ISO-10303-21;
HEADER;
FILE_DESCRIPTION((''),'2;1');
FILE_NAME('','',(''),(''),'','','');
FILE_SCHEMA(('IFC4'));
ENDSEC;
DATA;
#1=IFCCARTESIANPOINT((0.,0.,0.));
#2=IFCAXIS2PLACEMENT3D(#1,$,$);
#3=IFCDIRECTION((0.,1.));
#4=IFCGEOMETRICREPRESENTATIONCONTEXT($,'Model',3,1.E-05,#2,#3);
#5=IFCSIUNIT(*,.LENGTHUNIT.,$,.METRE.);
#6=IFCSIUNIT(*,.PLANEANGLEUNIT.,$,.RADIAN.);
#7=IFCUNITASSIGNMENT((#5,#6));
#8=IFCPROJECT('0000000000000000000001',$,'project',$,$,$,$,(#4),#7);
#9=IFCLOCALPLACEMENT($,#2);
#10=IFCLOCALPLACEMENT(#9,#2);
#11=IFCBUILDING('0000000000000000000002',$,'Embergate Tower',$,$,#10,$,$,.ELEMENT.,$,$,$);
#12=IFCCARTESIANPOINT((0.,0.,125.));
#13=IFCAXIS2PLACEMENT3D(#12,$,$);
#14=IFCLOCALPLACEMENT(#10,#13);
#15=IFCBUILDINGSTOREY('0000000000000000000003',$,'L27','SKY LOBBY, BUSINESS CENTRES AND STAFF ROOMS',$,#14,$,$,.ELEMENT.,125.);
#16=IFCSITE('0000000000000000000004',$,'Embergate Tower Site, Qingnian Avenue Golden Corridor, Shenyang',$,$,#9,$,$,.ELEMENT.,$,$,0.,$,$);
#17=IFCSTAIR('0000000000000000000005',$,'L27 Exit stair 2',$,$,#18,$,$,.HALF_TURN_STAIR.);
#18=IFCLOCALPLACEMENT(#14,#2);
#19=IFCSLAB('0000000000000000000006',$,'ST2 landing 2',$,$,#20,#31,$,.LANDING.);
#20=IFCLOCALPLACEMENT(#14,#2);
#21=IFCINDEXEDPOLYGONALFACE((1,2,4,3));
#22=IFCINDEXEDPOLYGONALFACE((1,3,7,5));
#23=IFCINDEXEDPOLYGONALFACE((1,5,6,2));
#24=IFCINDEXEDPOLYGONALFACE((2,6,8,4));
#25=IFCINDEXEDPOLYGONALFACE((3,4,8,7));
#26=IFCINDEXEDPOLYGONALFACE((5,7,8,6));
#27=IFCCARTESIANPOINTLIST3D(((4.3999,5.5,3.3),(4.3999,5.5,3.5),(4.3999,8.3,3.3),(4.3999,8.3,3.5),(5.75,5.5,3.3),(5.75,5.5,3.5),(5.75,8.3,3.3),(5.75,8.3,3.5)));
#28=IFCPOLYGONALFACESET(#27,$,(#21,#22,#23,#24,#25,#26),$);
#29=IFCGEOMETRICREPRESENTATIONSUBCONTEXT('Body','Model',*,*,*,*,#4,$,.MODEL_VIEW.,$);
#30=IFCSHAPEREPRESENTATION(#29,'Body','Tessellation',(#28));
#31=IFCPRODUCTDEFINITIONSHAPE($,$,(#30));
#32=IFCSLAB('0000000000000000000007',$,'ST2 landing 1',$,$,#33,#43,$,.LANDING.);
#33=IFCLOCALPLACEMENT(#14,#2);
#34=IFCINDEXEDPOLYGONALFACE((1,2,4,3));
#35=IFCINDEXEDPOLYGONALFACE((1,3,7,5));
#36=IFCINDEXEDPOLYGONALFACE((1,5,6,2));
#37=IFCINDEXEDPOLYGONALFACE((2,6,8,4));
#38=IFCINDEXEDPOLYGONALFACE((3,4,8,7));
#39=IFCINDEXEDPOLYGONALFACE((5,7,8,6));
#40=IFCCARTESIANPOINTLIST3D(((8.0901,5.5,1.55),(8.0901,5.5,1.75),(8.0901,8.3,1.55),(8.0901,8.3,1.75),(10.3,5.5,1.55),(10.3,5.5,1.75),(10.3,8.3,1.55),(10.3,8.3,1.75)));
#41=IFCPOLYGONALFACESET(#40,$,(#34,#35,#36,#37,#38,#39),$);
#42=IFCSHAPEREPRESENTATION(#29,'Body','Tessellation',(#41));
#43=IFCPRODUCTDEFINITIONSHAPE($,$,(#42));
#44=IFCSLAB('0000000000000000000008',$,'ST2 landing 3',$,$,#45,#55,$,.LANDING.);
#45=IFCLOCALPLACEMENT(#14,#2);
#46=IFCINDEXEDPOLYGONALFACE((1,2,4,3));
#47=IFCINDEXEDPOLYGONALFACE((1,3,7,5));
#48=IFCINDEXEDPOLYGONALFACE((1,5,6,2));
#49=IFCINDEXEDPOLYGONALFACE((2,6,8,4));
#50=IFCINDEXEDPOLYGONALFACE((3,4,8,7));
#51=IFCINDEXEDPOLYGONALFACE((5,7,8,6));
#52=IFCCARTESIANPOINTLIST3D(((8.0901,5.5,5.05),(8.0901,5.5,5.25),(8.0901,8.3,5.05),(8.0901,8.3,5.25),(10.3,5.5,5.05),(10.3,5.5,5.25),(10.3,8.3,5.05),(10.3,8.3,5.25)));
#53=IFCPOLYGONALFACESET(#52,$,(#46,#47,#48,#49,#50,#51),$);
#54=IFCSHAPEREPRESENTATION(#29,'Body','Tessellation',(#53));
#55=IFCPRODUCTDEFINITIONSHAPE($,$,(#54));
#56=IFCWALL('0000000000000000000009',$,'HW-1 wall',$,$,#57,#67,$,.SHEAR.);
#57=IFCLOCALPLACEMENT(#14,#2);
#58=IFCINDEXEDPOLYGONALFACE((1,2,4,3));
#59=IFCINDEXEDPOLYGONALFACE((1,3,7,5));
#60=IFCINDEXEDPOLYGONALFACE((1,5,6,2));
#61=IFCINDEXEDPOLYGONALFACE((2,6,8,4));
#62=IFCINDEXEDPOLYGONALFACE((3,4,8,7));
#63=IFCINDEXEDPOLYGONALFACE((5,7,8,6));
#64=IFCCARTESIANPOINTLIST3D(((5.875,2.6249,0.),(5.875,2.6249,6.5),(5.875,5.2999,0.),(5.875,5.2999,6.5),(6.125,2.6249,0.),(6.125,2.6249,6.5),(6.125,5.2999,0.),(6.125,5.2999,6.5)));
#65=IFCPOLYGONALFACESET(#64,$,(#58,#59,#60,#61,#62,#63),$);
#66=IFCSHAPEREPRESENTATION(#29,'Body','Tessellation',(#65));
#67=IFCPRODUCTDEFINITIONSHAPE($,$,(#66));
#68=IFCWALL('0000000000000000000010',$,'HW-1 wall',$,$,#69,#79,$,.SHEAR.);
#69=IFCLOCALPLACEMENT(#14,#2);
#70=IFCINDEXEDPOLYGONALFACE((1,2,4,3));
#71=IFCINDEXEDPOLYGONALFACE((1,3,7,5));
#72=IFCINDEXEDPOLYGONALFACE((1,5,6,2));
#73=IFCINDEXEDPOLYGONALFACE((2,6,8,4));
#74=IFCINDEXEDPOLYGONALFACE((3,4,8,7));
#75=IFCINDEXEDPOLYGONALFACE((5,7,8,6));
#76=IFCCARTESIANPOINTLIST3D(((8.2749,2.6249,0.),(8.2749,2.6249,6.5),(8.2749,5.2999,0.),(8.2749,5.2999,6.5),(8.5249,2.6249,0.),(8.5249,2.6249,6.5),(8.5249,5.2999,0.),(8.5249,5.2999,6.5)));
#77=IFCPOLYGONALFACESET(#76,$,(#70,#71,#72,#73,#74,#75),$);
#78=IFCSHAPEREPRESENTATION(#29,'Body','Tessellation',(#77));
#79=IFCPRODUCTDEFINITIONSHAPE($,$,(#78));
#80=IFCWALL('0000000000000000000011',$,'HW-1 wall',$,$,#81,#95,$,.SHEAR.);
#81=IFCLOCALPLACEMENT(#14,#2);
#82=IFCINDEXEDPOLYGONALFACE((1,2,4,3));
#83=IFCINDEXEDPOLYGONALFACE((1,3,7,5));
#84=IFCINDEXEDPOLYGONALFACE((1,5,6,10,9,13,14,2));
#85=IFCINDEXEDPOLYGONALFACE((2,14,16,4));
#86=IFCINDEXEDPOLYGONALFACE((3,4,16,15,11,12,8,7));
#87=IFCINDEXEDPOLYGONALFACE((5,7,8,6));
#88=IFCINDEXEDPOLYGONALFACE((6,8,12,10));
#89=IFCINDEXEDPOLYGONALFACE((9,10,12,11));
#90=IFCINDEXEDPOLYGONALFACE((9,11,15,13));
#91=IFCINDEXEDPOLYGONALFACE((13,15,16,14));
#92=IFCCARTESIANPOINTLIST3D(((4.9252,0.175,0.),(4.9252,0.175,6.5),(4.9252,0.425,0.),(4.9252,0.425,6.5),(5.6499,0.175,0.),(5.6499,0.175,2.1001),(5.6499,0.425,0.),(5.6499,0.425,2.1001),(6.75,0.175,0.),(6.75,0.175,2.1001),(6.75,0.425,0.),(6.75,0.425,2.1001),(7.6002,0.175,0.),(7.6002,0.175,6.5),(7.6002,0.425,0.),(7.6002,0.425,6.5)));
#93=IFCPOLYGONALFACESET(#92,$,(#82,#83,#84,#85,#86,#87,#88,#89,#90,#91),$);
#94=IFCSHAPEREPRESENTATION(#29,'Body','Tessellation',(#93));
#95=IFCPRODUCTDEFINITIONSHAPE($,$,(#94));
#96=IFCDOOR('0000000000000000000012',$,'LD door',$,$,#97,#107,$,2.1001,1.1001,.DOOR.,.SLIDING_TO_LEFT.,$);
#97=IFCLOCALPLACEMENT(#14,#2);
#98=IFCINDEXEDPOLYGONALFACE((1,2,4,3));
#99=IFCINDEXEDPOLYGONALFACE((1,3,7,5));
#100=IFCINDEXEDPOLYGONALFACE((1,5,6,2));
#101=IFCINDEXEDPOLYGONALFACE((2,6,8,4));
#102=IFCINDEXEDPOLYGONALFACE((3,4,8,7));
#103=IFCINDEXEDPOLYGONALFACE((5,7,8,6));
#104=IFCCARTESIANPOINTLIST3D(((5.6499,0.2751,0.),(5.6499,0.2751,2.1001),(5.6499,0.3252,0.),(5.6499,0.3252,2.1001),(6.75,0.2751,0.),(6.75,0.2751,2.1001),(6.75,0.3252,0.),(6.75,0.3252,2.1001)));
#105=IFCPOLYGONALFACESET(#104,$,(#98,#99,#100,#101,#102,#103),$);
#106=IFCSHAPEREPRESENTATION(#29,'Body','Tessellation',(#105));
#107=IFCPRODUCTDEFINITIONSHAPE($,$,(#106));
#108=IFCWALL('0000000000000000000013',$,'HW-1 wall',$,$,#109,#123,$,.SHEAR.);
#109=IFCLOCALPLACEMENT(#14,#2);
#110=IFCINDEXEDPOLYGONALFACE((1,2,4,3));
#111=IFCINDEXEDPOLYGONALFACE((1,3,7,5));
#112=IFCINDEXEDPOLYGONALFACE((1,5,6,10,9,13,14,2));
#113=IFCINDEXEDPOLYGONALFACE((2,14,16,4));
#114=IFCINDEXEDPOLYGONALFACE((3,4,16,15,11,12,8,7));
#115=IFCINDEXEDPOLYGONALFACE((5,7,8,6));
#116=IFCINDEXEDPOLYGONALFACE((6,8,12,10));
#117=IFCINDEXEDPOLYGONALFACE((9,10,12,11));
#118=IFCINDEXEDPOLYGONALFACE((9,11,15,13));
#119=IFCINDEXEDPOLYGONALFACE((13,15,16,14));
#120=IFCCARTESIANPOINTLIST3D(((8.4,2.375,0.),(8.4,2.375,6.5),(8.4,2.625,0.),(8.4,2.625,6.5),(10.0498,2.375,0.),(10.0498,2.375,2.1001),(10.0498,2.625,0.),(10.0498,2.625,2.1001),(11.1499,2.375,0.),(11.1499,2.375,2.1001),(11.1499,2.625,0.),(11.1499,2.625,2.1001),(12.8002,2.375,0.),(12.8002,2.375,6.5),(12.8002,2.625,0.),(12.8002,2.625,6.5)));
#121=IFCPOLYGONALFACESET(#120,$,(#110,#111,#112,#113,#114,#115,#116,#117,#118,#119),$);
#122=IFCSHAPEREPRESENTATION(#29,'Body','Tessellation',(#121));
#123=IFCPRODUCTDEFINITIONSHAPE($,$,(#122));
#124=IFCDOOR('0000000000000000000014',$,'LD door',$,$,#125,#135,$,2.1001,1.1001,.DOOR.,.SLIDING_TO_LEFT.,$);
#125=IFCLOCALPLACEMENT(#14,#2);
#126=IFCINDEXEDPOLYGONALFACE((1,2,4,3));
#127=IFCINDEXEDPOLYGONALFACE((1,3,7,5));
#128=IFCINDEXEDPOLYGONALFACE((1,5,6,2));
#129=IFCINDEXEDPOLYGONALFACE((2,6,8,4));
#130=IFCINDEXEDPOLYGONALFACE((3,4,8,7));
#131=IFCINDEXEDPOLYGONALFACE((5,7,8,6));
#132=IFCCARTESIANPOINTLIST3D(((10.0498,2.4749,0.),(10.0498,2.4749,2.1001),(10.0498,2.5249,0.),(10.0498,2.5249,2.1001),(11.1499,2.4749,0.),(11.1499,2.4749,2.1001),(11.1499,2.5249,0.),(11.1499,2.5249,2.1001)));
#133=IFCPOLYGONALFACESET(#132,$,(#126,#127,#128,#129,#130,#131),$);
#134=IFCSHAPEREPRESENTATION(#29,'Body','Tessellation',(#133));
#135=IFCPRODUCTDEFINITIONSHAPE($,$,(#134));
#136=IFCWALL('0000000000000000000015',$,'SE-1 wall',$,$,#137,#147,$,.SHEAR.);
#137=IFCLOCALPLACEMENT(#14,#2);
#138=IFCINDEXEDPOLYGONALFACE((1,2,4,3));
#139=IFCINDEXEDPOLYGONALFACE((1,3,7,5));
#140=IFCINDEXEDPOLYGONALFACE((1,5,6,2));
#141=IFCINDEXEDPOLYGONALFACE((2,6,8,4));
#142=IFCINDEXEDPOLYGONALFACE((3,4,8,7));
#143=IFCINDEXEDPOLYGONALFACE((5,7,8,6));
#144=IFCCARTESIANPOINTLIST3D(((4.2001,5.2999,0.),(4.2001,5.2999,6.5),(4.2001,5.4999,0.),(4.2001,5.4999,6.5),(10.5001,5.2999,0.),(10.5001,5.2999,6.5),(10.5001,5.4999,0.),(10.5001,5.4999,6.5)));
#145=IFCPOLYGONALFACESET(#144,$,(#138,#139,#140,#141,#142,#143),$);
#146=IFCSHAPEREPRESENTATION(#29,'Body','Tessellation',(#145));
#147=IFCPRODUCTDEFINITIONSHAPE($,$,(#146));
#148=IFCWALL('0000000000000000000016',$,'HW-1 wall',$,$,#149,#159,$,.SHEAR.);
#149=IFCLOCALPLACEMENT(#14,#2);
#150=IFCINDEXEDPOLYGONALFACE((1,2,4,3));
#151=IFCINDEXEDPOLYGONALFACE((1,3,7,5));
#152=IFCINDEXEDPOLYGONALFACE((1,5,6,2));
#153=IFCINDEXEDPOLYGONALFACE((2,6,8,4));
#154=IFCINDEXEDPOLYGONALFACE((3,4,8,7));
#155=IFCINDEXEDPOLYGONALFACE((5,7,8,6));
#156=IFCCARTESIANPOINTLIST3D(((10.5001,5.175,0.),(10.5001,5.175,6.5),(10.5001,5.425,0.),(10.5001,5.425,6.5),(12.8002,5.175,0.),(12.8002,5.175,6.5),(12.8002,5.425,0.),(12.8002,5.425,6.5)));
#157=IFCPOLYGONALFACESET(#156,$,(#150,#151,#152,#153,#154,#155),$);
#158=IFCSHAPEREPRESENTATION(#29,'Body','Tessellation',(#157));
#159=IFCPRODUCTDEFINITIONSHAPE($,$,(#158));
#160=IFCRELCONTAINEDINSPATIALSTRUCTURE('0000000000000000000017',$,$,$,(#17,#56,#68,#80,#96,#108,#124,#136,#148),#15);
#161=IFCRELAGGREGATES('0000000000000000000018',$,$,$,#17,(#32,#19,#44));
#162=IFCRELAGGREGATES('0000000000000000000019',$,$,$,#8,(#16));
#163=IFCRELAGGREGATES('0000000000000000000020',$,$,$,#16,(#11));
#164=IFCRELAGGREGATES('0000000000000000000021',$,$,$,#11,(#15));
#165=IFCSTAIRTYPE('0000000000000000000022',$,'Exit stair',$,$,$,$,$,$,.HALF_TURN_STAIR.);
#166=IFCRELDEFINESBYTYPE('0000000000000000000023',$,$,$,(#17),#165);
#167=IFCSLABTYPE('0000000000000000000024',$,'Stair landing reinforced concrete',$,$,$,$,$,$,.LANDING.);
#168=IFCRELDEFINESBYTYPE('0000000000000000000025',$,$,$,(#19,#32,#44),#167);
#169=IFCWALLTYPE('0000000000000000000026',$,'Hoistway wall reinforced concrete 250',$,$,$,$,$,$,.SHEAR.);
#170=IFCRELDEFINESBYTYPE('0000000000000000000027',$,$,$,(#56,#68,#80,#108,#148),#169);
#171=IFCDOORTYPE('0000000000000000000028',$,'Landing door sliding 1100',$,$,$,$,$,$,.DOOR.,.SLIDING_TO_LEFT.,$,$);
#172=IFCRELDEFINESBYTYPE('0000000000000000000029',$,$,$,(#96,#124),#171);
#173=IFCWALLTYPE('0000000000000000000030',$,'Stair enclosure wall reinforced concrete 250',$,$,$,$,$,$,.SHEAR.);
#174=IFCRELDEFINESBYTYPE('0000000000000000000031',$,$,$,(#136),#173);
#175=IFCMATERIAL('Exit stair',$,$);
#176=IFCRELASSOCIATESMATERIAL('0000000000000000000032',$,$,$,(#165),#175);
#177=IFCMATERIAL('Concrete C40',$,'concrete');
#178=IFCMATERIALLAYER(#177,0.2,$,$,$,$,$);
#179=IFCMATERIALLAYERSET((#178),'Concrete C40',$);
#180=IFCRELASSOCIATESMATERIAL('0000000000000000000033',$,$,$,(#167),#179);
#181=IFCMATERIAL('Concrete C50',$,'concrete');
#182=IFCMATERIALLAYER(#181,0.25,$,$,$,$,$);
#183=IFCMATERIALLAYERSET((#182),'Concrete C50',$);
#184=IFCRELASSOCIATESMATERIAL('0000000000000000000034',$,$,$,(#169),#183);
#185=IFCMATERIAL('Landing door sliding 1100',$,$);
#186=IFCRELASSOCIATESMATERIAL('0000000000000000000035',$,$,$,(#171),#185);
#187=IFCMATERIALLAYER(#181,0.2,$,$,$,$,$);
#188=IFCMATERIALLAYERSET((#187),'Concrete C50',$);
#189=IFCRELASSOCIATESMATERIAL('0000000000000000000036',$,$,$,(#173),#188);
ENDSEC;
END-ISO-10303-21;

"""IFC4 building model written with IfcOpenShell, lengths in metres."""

from ifc_helpers import new_model, si_unit, direction, frame, frame_2d, origin, place, context, subcontext, project, spatial, polyline, rectangle, outline, extrude, source, transform, mapped, material, layer, layer_set, type_object, element, fill, aggregate, save


model = new_model("IFC4")

# Units and contexts
model_context = context("Model", 3, precision=1e-05, world=origin(), true_north=direction((0.0, 1.0)))
body_context = subcontext(model_context, "Body", "Model", "MODEL_VIEW")
ifc_project = project(units=[si_unit("LENGTHUNIT", "METRE"), si_unit("PLANEANGLEUNIT", "RADIAN")], contexts=[model_context])

# Site, building, storey
site_placement = place(None, origin())
site = spatial("IfcSite", under=ifc_project, at=site_placement, Name="Embergate Tower Site, Qingnian Avenue Golden Corridor, Shenyang", CompositionType="ELEMENT", RefElevation=0.0)
building_placement = place(site_placement, origin())
building = spatial("IfcBuilding", under=site, at=building_placement, Name="Embergate Tower", CompositionType="ELEMENT")
storey_placement = place(building_placement, frame((0.0, 0.0, 125.0)))
storey = spatial("IfcBuildingStorey", under=building, at=storey_placement, Name="L27", Description="SKY LOBBY, BUSINESS CENTRES AND STAFF ROOMS", CompositionType="ELEMENT", Elevation=125.0)

# Stair, slabs
ifc_material_1 = material(Name="Exit stair")
stair_type = type_object("IfcStairType", Name="Exit stair", PredefinedType="HALF_TURN_STAIR", material=ifc_material_1)
stair_placement = place(storey_placement, origin())
stair = element("IfcStair", 1, at=stair_placement, inside=storey, type_object=stair_type, Name="L27 Exit stair 2", PredefinedType="HALF_TURN_STAIR")
ifc_material_2 = material(Name="Concrete C40", Category="concrete")
ifc_layer_1 = layer(ifc_material_2, 0.2)
ifc_layer_set_1 = layer_set([ifc_layer_1], Name="Concrete C40")
slab_type = type_object("IfcSlabType", Name="Stair landing reinforced concrete", PredefinedType="LANDING", material=ifc_layer_set_1)
shared_shape_1 = source(origin(), body_context, "Body", "SweptSolid", [
    extrude(outline(polyline([(0.0, 0.0), (1.3501, 0.0), (1.3501, 2.8), (0.0, 2.8), (0.0, 0.0)])), origin(), (0.0, 0.0, 1.0), 0.2),
])
slab_1_placement = place(storey_placement, frame((4.3999, 5.5, 3.3)))
slab_1 = element("IfcSlab", 2, at=slab_1_placement, type_object=slab_type, Name="ST2 landing 2", PredefinedType="LANDING", context=body_context, shape_type="MappedRepresentation", body=[
    mapped(shared_shape_1, transform((0.0, 0.0, 0.0))),
])
shared_shape_2 = source(origin(), body_context, "Body", "SweptSolid", [
    extrude(outline(polyline([(0.0, 0.0), (2.21, 0.0), (2.21, 2.8), (0.0, 2.8), (0.0, 0.0)])), origin(), (0.0, 0.0, 1.0), 0.2),
])
slab_2_placement = place(storey_placement, frame((8.0901, 5.5, 1.55)))
slab_2 = element("IfcSlab", 3, at=slab_2_placement, type_object=slab_type, Name="ST2 landing 1", PredefinedType="LANDING", context=body_context, shape_type="MappedRepresentation", body=[
    mapped(shared_shape_2, transform((0.0, 0.0, 0.0))),
])
slab_3_placement = place(storey_placement, frame((8.0901, 5.5, 5.05)))
slab_3 = element("IfcSlab", 4, at=slab_3_placement, type_object=slab_type, Name="ST2 landing 3", PredefinedType="LANDING", context=body_context, shape_type="MappedRepresentation", body=[
    mapped(shared_shape_2, transform((0.0, 0.0, 0.0))),
])
aggregate(stair, [slab_2, slab_1, slab_3])

# Walls
ifc_material_3 = material(Name="Concrete C50", Category="concrete")
ifc_layer_2 = layer(ifc_material_3, 0.25)
ifc_layer_set_2 = layer_set([ifc_layer_2], Name="Concrete C50")
wall_type_1 = type_object("IfcWallType", Name="Hoistway wall reinforced concrete 250", PredefinedType="SHEAR", material=ifc_layer_set_2)
shared_shape_3 = source(origin(), body_context, "Body", "SweptSolid", [
    extrude(rectangle(XDim=2.675, YDim=0.25, at=frame_2d((1.3374, 0.0))), origin(), (0.0, 0.0, 1.0), 6.5),
])
for number, where, z_axis, x_axis, name in (
    (5, (6.0, 2.625, 0.0), (0.0, 0.0, 1.0), (0.0, 1.0, 0.0), "HW-1 wall"),
    (6, (8.3999, 2.625, 0.0), (0.0, 0.0, 1.0), (0.0, 1.0, 0.0), "HW-1 wall"),
):
    element("IfcWall", number, at=place(storey_placement, frame(where, z_axis=z_axis, x_axis=x_axis)), inside=storey, type_object=wall_type_1, Name=name, PredefinedType="SHEAR", context=body_context, shape_type="MappedRepresentation", body=[
        mapped(shared_shape_3, transform((0.0, 0.0, 0.0))),
    ])

# Walls, openings, doors
wall_1_placement = place(storey_placement, frame((7.6001, 0.3, 0.0), z_axis=(0.0, 0.0, 1.0), x_axis=(-1.0, 0.0, 0.0)))
wall_1 = element("IfcWall", 7, at=wall_1_placement, inside=storey, type_object=wall_type_1, Name="HW-1 wall", PredefinedType="SHEAR", context=body_context, shape_type="MappedRepresentation", body=[
    mapped(shared_shape_3, transform((0.0, 0.0, 0.0))),
])
shared_shape_4 = source(origin(), body_context, "Body", "SweptSolid", [
    extrude(rectangle(XDim=1.1001, YDim=2.1001, at=frame_2d((0.55, 1.05))), frame((0.0, 0.135, 0.0), z_axis=(0.0, -1.0, 0.0), x_axis=(1.0, 0.0, 0.0)), (0.0, 0.0, 1.0), 0.27),
])
opening_1_placement = place(wall_1_placement, frame((0.8501, 0.0, 0.0)))
opening_1 = element("IfcOpeningElement", 8, at=opening_1_placement, cuts=wall_1, PredefinedType="OPENING", context=body_context, shape_type="MappedRepresentation", body=[
    mapped(shared_shape_4, transform((0.0, 0.0, 0.0))),
])
ifc_material_4 = material(Name="Landing door sliding 1100")
door_type_1 = type_object("IfcDoorType", Name="Landing door sliding 1100", OperationType="SLIDING_TO_LEFT", PredefinedType="DOOR", material=ifc_material_4)
shared_shape_5 = source(origin(), body_context, "Body", "SweptSolid", [
    extrude(rectangle(XDim=1.1001, YDim=2.1001, at=frame_2d((0.55, 1.05))), frame((0.0, 0.0249, 0.0), z_axis=(0.0, -1.0, 0.0), x_axis=(1.0, 0.0, 0.0)), (0.0, 0.0, 1.0), 0.05),
])
door_1_placement = place(opening_1_placement, origin())
door_1 = element("IfcDoor", 9, at=door_1_placement, inside=storey, type_object=door_type_1, Name="LD door", OperationType="SLIDING_TO_LEFT", OverallHeight=2.1001, OverallWidth=1.1001, PredefinedType="DOOR", context=body_context, shape_type="MappedRepresentation", body=[
    mapped(shared_shape_5, transform((0.0, 0.0, 0.0))),
])
fill(opening_1, door_1)
shared_shape_6 = source(origin(), body_context, "Body", "SweptSolid", [
    extrude(rectangle(XDim=4.4001, YDim=0.25, at=frame_2d((2.2002, 0.0))), origin(), (0.0, 0.0, 1.0), 6.5),
])
wall_2_placement = place(storey_placement, frame((8.3999, 2.5, 0.0), z_axis=(0.0, 0.0, 1.0), x_axis=(1.0, 0.0, 0.0)))
wall_2 = element("IfcWall", 10, at=wall_2_placement, inside=storey, type_object=wall_type_1, Name="HW-1 wall", PredefinedType="SHEAR", context=body_context, shape_type="MappedRepresentation", body=[
    mapped(shared_shape_6, transform((0.0, 0.0, 0.0))),
])
opening_2_placement = place(wall_2_placement, frame((1.6499, 0.0, 0.0)))
opening_2 = element("IfcOpeningElement", 11, at=opening_2_placement, cuts=wall_2, PredefinedType="OPENING", context=body_context, shape_type="MappedRepresentation", body=[
    mapped(shared_shape_4, transform((0.0, 0.0, 0.0))),
])
door_2_placement = place(opening_2_placement, origin())
door_2 = element("IfcDoor", 12, at=door_2_placement, inside=storey, type_object=door_type_1, Name="LD door", OperationType="SLIDING_TO_LEFT", OverallHeight=2.1001, OverallWidth=1.1001, PredefinedType="DOOR", context=body_context, shape_type="MappedRepresentation", body=[
    mapped(shared_shape_5, transform((0.0, 0.0, 0.0))),
])
fill(opening_2, door_2)

# Walls
ifc_layer_3 = layer(ifc_material_3, 0.2)
ifc_layer_set_3 = layer_set([ifc_layer_3], Name="Concrete C50")
wall_type_2 = type_object("IfcWallType", Name="Stair enclosure wall reinforced concrete 250", PredefinedType="SHEAR", material=ifc_layer_set_3)
shared_shape_7 = source(origin(), body_context, "Body", "SweptSolid", [
    extrude(rectangle(XDim=6.3, YDim=0.2, at=frame_2d((3.1499, 0.0))), origin(), (0.0, 0.0, 1.0), 6.5),
])
wall_3_placement = place(storey_placement, frame((10.5, 5.3999, 0.0), z_axis=(0.0, 0.0, 1.0), x_axis=(-1.0, 0.0, 0.0)))
element("IfcWall", 13, at=wall_3_placement, inside=storey, type_object=wall_type_2, Name="SE-1 wall", PredefinedType="SHEAR", context=body_context, shape_type="MappedRepresentation", body=[
    mapped(shared_shape_7, transform((0.0, 0.0, 0.0))),
])
shared_shape_8 = source(origin(), body_context, "Body", "SweptSolid", [
    extrude(rectangle(XDim=2.3, YDim=0.25, at=frame_2d((1.1499, 0.0))), origin(), (0.0, 0.0, 1.0), 6.5),
])
wall_4_placement = place(storey_placement, frame((12.8, 5.3, 0.0), z_axis=(0.0, 0.0, 1.0), x_axis=(-1.0, 0.0, 0.0)))
element("IfcWall", 14, at=wall_4_placement, inside=storey, type_object=wall_type_1, Name="HW-1 wall", PredefinedType="SHEAR", context=body_context, shape_type="MappedRepresentation", body=[
    mapped(shared_shape_8, transform((0.0, 0.0, 0.0))),
])

save(model, "model.ifc")
